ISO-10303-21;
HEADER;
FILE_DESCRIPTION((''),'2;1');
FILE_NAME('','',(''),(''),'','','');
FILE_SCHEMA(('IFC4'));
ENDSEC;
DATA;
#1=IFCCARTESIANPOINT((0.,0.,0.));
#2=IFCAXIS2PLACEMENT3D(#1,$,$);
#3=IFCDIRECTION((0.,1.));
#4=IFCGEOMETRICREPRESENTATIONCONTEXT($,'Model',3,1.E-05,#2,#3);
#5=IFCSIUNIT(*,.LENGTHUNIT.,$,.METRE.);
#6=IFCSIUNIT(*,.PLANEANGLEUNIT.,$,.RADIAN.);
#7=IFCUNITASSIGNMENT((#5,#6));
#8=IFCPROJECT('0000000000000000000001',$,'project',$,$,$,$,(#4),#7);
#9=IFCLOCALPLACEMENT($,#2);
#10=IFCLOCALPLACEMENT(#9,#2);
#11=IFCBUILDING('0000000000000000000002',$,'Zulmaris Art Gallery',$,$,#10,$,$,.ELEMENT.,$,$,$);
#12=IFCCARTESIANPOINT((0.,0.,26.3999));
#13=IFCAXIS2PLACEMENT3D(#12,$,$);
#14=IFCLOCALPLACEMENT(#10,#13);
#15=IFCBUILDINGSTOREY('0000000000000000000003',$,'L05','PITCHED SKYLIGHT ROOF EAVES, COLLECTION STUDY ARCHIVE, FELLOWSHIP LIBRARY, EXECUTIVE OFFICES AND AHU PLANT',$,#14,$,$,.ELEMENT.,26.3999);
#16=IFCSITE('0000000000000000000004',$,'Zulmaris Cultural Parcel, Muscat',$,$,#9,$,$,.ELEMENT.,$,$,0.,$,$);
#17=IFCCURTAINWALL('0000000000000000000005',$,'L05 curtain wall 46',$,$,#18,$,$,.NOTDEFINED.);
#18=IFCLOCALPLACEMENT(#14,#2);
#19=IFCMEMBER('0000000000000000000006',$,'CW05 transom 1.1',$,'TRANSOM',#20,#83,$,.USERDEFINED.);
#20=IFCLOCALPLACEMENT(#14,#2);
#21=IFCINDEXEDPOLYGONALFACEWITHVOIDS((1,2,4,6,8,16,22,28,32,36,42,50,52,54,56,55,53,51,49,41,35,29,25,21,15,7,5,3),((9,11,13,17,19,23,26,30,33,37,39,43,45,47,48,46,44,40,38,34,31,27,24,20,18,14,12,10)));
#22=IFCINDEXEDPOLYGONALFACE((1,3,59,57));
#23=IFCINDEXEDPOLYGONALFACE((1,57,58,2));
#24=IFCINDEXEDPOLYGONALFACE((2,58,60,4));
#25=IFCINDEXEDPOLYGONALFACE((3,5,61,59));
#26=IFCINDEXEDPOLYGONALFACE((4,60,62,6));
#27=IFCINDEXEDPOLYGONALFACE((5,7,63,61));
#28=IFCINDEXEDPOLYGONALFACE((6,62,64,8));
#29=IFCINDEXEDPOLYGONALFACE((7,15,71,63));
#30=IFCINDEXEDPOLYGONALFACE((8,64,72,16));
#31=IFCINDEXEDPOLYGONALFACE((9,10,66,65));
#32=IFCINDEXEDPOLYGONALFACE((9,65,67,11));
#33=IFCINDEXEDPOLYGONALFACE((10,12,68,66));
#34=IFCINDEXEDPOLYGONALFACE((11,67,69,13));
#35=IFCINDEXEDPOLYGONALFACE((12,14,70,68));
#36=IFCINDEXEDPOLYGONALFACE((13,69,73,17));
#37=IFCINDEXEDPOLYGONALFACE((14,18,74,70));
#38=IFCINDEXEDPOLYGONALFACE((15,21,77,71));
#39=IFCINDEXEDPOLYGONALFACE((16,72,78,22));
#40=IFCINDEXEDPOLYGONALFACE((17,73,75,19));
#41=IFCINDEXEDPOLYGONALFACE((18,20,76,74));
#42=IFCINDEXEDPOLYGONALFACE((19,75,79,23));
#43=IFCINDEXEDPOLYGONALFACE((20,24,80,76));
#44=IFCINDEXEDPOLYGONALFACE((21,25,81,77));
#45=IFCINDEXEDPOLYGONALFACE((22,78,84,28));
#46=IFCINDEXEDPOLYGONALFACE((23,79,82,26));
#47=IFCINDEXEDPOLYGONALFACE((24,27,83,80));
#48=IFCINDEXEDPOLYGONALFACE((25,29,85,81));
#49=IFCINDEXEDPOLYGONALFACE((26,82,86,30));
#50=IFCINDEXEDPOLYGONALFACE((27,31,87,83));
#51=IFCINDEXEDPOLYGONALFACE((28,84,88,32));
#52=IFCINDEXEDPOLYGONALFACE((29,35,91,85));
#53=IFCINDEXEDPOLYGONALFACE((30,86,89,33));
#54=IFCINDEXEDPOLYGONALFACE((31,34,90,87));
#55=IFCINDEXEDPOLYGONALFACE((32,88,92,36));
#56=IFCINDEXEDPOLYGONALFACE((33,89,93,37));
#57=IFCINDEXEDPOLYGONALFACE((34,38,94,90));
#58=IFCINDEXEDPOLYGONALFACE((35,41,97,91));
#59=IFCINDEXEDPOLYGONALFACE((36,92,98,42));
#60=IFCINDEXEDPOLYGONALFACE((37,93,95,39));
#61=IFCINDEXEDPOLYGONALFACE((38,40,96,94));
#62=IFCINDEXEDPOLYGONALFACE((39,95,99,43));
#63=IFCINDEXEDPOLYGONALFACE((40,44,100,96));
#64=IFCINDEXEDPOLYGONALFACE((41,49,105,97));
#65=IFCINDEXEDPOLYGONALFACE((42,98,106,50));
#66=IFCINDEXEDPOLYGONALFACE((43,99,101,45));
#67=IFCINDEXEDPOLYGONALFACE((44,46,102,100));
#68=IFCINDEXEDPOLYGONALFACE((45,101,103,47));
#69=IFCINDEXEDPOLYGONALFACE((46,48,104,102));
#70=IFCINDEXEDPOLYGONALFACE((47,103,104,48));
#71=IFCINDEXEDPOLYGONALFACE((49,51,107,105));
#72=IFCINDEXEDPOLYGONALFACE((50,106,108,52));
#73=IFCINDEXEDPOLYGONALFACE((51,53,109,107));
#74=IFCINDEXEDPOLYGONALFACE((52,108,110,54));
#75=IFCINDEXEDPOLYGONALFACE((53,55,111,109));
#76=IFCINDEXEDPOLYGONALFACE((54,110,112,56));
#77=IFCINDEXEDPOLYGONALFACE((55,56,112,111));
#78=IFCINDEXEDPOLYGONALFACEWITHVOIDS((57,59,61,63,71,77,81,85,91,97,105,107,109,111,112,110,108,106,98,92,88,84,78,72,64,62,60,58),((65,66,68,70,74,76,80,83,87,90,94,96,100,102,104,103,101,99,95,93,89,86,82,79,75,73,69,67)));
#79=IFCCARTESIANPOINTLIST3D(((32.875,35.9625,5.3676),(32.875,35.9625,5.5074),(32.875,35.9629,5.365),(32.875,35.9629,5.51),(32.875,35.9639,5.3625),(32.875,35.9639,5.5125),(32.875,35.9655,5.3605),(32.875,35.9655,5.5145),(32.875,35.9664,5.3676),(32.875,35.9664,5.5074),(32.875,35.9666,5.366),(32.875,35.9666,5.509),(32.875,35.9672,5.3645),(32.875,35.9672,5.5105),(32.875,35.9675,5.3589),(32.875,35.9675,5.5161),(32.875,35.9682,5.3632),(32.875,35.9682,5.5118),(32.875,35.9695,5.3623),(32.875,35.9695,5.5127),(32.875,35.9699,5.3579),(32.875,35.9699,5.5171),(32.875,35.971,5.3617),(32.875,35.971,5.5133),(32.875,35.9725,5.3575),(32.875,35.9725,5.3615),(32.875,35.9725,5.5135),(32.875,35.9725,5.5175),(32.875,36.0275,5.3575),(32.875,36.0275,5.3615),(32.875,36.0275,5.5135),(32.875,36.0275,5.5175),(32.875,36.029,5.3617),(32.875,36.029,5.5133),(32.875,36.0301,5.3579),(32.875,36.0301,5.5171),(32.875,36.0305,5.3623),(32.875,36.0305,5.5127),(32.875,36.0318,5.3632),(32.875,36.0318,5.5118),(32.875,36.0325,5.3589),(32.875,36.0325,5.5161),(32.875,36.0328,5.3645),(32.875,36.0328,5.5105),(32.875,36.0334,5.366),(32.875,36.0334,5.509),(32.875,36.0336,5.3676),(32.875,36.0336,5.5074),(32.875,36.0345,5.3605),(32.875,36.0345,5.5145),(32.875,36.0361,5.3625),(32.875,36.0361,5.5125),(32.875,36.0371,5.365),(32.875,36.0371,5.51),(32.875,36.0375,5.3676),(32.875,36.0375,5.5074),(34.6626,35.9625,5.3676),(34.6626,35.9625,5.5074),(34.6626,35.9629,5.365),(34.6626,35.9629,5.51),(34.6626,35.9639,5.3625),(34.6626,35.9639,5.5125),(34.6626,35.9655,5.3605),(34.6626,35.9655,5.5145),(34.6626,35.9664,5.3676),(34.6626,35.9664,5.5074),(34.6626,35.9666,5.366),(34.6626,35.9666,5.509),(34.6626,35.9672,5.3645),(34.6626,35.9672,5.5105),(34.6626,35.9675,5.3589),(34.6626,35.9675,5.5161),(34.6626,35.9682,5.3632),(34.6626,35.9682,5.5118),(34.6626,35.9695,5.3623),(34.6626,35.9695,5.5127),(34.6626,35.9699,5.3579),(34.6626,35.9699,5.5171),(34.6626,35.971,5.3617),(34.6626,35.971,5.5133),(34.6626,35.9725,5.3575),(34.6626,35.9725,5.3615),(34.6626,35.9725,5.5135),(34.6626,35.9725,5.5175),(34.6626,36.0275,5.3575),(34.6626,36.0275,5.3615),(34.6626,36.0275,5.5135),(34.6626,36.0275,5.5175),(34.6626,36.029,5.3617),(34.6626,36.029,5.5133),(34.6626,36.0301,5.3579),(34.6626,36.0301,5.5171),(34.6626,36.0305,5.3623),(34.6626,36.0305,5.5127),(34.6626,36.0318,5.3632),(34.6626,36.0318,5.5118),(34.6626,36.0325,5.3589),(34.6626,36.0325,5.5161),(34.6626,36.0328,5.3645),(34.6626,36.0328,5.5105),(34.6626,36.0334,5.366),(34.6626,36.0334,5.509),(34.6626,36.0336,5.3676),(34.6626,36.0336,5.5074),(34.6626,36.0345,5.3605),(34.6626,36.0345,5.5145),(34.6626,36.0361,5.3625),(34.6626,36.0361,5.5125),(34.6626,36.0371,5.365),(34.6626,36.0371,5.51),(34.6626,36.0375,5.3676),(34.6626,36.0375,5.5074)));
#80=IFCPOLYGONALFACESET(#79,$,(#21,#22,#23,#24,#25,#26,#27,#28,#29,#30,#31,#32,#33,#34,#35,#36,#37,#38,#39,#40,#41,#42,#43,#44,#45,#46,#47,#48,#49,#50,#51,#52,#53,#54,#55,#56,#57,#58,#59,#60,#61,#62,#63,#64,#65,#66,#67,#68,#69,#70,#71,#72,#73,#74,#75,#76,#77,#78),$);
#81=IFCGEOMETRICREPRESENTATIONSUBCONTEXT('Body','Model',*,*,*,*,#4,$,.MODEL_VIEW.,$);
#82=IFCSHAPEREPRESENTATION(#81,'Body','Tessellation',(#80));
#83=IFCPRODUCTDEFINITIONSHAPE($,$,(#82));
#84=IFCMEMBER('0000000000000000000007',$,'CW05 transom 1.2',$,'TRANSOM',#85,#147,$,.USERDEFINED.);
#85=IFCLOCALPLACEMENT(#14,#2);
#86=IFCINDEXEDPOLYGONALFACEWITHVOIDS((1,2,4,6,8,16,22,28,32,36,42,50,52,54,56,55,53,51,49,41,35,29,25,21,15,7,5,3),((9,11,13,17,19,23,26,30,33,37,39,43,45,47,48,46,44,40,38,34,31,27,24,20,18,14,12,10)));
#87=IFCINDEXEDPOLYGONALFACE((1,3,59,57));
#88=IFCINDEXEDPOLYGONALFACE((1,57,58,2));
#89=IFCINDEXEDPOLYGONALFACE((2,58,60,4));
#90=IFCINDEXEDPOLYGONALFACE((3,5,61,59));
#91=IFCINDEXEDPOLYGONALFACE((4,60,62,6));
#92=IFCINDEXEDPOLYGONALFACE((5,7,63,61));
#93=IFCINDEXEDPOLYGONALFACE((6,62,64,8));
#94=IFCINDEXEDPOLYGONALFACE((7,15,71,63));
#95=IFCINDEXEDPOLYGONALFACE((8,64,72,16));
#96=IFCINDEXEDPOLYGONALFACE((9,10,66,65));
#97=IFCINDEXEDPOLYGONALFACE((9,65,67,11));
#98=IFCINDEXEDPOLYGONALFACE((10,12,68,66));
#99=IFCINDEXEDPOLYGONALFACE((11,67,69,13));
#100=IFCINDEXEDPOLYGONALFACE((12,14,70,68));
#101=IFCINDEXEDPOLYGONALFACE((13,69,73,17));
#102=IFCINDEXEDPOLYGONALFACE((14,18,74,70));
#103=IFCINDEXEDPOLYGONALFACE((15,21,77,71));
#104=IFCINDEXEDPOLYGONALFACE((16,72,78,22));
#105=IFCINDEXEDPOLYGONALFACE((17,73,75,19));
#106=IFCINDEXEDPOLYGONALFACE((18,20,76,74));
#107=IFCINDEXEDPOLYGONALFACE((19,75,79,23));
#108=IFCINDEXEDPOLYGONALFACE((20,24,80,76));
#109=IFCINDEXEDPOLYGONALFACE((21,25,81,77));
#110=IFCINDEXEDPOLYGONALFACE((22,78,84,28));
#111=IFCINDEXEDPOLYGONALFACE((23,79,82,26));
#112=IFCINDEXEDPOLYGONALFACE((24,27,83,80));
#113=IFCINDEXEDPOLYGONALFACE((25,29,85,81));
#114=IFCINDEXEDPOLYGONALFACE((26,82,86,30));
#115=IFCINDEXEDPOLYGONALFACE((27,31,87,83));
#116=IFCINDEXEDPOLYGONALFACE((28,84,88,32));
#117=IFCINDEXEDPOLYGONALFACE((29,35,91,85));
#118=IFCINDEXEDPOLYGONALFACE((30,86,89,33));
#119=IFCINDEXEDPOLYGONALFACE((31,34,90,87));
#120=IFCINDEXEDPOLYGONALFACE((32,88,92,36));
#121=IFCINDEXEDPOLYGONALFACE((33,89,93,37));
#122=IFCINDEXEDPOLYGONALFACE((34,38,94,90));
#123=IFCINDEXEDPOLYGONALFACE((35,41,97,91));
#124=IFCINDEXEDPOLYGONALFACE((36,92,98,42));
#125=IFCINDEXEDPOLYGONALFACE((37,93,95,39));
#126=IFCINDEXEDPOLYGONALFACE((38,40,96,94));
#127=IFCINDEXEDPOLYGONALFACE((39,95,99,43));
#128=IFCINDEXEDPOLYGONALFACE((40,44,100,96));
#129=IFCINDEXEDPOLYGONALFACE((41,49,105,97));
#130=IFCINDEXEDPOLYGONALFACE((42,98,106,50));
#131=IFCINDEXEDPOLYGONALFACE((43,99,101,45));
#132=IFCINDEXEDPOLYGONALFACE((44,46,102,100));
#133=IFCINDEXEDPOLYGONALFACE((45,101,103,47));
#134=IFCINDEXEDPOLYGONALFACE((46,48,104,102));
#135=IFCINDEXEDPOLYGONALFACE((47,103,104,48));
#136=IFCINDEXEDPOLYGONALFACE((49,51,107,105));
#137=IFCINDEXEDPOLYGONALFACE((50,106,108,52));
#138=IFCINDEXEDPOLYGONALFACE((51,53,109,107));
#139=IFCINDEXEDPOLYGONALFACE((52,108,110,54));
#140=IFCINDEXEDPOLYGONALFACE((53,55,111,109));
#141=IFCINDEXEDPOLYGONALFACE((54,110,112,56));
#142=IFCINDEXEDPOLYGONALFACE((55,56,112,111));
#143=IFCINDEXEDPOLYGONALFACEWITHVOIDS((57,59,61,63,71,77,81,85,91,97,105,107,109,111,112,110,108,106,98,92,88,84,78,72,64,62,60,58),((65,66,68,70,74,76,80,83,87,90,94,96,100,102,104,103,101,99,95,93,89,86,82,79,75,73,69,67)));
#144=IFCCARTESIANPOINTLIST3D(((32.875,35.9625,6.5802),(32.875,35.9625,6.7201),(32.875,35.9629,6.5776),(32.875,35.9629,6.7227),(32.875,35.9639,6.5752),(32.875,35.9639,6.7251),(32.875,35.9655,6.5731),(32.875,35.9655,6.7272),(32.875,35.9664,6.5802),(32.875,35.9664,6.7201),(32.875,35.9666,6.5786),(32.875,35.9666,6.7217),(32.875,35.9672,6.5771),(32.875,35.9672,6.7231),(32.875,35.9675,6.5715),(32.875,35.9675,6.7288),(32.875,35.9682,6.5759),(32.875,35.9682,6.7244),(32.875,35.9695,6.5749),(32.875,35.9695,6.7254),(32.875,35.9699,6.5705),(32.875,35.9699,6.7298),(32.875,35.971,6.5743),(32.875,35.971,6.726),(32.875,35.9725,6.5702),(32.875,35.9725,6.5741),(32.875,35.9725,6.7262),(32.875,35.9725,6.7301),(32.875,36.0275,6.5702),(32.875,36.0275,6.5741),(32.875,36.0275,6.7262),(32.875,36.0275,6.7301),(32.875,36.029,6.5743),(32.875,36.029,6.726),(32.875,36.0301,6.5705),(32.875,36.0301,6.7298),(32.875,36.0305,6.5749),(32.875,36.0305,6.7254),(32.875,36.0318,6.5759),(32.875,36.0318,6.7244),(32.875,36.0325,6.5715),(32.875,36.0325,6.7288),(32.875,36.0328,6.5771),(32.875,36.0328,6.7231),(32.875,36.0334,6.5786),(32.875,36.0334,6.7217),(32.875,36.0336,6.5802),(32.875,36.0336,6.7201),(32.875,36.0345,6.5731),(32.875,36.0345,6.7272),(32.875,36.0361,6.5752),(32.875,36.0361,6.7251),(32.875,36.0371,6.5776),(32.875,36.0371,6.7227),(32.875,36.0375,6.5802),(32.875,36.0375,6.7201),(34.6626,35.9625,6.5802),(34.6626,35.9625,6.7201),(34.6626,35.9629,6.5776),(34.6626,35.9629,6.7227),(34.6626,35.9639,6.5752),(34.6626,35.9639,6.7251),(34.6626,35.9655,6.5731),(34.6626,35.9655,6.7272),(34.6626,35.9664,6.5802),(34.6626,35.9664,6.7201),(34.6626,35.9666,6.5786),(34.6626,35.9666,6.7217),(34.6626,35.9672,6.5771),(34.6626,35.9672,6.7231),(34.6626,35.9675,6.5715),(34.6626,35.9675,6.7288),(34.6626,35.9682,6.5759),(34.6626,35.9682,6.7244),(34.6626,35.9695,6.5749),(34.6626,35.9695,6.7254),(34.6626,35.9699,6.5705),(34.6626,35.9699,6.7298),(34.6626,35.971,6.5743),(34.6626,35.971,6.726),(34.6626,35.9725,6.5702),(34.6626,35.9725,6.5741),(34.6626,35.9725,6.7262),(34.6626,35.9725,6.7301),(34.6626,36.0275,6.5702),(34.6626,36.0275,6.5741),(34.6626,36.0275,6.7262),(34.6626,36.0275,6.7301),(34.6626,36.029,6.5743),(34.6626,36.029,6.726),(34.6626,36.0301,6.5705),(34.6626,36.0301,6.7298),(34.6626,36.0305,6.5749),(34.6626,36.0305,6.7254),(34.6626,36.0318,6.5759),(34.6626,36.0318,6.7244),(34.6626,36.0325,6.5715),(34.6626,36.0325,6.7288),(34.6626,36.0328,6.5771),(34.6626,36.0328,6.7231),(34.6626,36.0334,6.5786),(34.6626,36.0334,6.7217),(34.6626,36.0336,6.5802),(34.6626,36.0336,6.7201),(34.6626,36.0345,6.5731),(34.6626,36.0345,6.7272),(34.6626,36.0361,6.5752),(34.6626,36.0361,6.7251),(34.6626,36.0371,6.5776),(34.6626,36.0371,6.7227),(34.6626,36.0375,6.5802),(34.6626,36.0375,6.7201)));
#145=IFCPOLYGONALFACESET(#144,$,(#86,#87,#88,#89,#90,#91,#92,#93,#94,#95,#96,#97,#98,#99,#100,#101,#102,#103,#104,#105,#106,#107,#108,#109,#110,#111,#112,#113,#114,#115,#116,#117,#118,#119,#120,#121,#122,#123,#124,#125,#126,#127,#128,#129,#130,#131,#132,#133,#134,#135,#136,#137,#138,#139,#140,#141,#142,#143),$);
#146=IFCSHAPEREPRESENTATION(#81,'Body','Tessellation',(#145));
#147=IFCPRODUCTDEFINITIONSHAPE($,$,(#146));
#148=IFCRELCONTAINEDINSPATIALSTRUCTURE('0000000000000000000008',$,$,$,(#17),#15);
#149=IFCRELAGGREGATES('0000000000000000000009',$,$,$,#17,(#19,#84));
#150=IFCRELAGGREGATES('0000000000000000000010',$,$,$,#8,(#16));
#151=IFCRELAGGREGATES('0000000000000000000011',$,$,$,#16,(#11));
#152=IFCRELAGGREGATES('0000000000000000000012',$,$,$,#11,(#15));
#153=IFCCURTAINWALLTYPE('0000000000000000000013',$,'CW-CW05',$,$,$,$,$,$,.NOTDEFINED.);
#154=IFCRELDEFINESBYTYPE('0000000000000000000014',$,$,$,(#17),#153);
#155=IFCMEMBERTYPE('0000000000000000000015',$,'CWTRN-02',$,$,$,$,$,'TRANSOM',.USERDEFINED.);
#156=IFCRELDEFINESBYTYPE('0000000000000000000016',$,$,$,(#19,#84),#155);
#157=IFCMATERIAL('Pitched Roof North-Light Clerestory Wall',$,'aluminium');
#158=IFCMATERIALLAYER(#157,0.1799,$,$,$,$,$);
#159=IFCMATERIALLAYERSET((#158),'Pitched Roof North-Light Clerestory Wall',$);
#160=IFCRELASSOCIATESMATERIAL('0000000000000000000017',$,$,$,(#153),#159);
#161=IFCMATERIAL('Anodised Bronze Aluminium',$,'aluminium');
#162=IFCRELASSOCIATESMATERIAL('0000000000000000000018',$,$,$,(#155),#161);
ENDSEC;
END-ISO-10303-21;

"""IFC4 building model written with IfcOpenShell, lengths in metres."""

from ifc_helpers import new_model, si_unit, direction, frame, origin, origin_2d, place, context, subcontext, project, spatial, hollow_rectangle, extrude, material, layer, layer_set, material_profile, profile_set, type_object, element, aggregate, save


model = new_model("IFC4")

# Units and contexts
model_context = context("Model", 3, precision=1e-05, world=origin(), true_north=direction((0.0, 1.0)))
body_context = subcontext(model_context, "Body", "Model", "MODEL_VIEW")
ifc_project = project(units=[si_unit("LENGTHUNIT", "METRE"), si_unit("PLANEANGLEUNIT", "RADIAN")], contexts=[model_context])

# Site, building, storey
site_placement = place(None, origin())
site = spatial("IfcSite", under=ifc_project, at=site_placement, Name="Zulmaris Cultural Parcel, Muscat", CompositionType="ELEMENT", RefElevation=0.0)
building_placement = place(site_placement, origin())
building = spatial("IfcBuilding", under=site, at=building_placement, Name="Zulmaris Art Gallery", CompositionType="ELEMENT")
storey_placement = place(building_placement, frame((0.0, 0.0, 26.3999)))
storey = spatial("IfcBuildingStorey", under=building, at=storey_placement, Name="L05", Description="PITCHED SKYLIGHT ROOF EAVES, COLLECTION STUDY ARCHIVE, FELLOWSHIP LIBRARY, EXECUTIVE OFFICES AND AHU PLANT", CompositionType="ELEMENT", Elevation=26.3999)

# Curtain wall, members
ifc_material_1 = material(Name="Pitched Roof North-Light Clerestory Wall", Category="aluminium")
ifc_layer_1 = layer(ifc_material_1, 0.1799)
ifc_layer_set_1 = layer_set([ifc_layer_1], Name="Pitched Roof North-Light Clerestory Wall")
curtain_wall_type = type_object("IfcCurtainWallType", Name="CW-CW05", PredefinedType="NOTDEFINED", material=ifc_layer_set_1)
curtain_wall_placement = place(storey_placement, origin())
curtain_wall = element("IfcCurtainWall", 1, at=curtain_wall_placement, inside=storey, type_object=curtain_wall_type, Name="L05 curtain wall 46", PredefinedType="NOTDEFINED")
ifc_material_2 = material(Name="Anodised Bronze Aluminium", Category="aluminium")
ifc_material_profile_1 = material_profile(ifc_material_2, hollow_rectangle(XDim=0.075, YDim=0.1599, WallThickness=0.0039, InnerFilletRadius=0.0061, OuterFilletRadius=0.01, at=origin_2d()), Name="ALU 75x160x4")
ifc_profile_set_1 = profile_set([ifc_material_profile_1], Name="Anodised Bronze Aluminium")
member_type_1 = type_object("IfcMemberType", Name="CWTRN-02", ElementType="TRANSOM", PredefinedType="USERDEFINED", material=ifc_profile_set_1)
member_1_placement = place(storey_placement, frame((32.875, 36.0, 5.4375), z_axis=(1.0, 0.0, 0.0), x_axis=(0.0, 1.0, 0.0)))
member_1 = element("IfcMember", 2, at=member_1_placement, type_object=member_type_1, Name="CW05 transom 1.1", ObjectType="TRANSOM", PredefinedType="USERDEFINED", context=body_context, shape_type="SweptSolid", body=[
    extrude(hollow_rectangle(XDim=0.075, YDim=0.1599, WallThickness=0.0039, InnerFilletRadius=0.0061, OuterFilletRadius=0.01, at=origin_2d()), origin(), (0.0, 0.0, 1.0), 1.7876),
])
member_2_placement = place(storey_placement, frame((32.875, 36.0, 6.6501), z_axis=(1.0, 0.0, 0.0), x_axis=(0.0, 1.0, 0.0)))
member_2 = element("IfcMember", 3, at=member_2_placement, type_object=member_type_1, Name="CW05 transom 1.2", ObjectType="TRANSOM", PredefinedType="USERDEFINED", context=body_context, shape_type="SweptSolid", body=[
    extrude(hollow_rectangle(XDim=0.075, YDim=0.1599, WallThickness=0.0039, InnerFilletRadius=0.0061, OuterFilletRadius=0.01, at=origin_2d()), origin(), (0.0, 0.0, 1.0), 1.7876),
])

aggregate(curtain_wall, [member_1, member_2])

save(model, "model.ifc")
